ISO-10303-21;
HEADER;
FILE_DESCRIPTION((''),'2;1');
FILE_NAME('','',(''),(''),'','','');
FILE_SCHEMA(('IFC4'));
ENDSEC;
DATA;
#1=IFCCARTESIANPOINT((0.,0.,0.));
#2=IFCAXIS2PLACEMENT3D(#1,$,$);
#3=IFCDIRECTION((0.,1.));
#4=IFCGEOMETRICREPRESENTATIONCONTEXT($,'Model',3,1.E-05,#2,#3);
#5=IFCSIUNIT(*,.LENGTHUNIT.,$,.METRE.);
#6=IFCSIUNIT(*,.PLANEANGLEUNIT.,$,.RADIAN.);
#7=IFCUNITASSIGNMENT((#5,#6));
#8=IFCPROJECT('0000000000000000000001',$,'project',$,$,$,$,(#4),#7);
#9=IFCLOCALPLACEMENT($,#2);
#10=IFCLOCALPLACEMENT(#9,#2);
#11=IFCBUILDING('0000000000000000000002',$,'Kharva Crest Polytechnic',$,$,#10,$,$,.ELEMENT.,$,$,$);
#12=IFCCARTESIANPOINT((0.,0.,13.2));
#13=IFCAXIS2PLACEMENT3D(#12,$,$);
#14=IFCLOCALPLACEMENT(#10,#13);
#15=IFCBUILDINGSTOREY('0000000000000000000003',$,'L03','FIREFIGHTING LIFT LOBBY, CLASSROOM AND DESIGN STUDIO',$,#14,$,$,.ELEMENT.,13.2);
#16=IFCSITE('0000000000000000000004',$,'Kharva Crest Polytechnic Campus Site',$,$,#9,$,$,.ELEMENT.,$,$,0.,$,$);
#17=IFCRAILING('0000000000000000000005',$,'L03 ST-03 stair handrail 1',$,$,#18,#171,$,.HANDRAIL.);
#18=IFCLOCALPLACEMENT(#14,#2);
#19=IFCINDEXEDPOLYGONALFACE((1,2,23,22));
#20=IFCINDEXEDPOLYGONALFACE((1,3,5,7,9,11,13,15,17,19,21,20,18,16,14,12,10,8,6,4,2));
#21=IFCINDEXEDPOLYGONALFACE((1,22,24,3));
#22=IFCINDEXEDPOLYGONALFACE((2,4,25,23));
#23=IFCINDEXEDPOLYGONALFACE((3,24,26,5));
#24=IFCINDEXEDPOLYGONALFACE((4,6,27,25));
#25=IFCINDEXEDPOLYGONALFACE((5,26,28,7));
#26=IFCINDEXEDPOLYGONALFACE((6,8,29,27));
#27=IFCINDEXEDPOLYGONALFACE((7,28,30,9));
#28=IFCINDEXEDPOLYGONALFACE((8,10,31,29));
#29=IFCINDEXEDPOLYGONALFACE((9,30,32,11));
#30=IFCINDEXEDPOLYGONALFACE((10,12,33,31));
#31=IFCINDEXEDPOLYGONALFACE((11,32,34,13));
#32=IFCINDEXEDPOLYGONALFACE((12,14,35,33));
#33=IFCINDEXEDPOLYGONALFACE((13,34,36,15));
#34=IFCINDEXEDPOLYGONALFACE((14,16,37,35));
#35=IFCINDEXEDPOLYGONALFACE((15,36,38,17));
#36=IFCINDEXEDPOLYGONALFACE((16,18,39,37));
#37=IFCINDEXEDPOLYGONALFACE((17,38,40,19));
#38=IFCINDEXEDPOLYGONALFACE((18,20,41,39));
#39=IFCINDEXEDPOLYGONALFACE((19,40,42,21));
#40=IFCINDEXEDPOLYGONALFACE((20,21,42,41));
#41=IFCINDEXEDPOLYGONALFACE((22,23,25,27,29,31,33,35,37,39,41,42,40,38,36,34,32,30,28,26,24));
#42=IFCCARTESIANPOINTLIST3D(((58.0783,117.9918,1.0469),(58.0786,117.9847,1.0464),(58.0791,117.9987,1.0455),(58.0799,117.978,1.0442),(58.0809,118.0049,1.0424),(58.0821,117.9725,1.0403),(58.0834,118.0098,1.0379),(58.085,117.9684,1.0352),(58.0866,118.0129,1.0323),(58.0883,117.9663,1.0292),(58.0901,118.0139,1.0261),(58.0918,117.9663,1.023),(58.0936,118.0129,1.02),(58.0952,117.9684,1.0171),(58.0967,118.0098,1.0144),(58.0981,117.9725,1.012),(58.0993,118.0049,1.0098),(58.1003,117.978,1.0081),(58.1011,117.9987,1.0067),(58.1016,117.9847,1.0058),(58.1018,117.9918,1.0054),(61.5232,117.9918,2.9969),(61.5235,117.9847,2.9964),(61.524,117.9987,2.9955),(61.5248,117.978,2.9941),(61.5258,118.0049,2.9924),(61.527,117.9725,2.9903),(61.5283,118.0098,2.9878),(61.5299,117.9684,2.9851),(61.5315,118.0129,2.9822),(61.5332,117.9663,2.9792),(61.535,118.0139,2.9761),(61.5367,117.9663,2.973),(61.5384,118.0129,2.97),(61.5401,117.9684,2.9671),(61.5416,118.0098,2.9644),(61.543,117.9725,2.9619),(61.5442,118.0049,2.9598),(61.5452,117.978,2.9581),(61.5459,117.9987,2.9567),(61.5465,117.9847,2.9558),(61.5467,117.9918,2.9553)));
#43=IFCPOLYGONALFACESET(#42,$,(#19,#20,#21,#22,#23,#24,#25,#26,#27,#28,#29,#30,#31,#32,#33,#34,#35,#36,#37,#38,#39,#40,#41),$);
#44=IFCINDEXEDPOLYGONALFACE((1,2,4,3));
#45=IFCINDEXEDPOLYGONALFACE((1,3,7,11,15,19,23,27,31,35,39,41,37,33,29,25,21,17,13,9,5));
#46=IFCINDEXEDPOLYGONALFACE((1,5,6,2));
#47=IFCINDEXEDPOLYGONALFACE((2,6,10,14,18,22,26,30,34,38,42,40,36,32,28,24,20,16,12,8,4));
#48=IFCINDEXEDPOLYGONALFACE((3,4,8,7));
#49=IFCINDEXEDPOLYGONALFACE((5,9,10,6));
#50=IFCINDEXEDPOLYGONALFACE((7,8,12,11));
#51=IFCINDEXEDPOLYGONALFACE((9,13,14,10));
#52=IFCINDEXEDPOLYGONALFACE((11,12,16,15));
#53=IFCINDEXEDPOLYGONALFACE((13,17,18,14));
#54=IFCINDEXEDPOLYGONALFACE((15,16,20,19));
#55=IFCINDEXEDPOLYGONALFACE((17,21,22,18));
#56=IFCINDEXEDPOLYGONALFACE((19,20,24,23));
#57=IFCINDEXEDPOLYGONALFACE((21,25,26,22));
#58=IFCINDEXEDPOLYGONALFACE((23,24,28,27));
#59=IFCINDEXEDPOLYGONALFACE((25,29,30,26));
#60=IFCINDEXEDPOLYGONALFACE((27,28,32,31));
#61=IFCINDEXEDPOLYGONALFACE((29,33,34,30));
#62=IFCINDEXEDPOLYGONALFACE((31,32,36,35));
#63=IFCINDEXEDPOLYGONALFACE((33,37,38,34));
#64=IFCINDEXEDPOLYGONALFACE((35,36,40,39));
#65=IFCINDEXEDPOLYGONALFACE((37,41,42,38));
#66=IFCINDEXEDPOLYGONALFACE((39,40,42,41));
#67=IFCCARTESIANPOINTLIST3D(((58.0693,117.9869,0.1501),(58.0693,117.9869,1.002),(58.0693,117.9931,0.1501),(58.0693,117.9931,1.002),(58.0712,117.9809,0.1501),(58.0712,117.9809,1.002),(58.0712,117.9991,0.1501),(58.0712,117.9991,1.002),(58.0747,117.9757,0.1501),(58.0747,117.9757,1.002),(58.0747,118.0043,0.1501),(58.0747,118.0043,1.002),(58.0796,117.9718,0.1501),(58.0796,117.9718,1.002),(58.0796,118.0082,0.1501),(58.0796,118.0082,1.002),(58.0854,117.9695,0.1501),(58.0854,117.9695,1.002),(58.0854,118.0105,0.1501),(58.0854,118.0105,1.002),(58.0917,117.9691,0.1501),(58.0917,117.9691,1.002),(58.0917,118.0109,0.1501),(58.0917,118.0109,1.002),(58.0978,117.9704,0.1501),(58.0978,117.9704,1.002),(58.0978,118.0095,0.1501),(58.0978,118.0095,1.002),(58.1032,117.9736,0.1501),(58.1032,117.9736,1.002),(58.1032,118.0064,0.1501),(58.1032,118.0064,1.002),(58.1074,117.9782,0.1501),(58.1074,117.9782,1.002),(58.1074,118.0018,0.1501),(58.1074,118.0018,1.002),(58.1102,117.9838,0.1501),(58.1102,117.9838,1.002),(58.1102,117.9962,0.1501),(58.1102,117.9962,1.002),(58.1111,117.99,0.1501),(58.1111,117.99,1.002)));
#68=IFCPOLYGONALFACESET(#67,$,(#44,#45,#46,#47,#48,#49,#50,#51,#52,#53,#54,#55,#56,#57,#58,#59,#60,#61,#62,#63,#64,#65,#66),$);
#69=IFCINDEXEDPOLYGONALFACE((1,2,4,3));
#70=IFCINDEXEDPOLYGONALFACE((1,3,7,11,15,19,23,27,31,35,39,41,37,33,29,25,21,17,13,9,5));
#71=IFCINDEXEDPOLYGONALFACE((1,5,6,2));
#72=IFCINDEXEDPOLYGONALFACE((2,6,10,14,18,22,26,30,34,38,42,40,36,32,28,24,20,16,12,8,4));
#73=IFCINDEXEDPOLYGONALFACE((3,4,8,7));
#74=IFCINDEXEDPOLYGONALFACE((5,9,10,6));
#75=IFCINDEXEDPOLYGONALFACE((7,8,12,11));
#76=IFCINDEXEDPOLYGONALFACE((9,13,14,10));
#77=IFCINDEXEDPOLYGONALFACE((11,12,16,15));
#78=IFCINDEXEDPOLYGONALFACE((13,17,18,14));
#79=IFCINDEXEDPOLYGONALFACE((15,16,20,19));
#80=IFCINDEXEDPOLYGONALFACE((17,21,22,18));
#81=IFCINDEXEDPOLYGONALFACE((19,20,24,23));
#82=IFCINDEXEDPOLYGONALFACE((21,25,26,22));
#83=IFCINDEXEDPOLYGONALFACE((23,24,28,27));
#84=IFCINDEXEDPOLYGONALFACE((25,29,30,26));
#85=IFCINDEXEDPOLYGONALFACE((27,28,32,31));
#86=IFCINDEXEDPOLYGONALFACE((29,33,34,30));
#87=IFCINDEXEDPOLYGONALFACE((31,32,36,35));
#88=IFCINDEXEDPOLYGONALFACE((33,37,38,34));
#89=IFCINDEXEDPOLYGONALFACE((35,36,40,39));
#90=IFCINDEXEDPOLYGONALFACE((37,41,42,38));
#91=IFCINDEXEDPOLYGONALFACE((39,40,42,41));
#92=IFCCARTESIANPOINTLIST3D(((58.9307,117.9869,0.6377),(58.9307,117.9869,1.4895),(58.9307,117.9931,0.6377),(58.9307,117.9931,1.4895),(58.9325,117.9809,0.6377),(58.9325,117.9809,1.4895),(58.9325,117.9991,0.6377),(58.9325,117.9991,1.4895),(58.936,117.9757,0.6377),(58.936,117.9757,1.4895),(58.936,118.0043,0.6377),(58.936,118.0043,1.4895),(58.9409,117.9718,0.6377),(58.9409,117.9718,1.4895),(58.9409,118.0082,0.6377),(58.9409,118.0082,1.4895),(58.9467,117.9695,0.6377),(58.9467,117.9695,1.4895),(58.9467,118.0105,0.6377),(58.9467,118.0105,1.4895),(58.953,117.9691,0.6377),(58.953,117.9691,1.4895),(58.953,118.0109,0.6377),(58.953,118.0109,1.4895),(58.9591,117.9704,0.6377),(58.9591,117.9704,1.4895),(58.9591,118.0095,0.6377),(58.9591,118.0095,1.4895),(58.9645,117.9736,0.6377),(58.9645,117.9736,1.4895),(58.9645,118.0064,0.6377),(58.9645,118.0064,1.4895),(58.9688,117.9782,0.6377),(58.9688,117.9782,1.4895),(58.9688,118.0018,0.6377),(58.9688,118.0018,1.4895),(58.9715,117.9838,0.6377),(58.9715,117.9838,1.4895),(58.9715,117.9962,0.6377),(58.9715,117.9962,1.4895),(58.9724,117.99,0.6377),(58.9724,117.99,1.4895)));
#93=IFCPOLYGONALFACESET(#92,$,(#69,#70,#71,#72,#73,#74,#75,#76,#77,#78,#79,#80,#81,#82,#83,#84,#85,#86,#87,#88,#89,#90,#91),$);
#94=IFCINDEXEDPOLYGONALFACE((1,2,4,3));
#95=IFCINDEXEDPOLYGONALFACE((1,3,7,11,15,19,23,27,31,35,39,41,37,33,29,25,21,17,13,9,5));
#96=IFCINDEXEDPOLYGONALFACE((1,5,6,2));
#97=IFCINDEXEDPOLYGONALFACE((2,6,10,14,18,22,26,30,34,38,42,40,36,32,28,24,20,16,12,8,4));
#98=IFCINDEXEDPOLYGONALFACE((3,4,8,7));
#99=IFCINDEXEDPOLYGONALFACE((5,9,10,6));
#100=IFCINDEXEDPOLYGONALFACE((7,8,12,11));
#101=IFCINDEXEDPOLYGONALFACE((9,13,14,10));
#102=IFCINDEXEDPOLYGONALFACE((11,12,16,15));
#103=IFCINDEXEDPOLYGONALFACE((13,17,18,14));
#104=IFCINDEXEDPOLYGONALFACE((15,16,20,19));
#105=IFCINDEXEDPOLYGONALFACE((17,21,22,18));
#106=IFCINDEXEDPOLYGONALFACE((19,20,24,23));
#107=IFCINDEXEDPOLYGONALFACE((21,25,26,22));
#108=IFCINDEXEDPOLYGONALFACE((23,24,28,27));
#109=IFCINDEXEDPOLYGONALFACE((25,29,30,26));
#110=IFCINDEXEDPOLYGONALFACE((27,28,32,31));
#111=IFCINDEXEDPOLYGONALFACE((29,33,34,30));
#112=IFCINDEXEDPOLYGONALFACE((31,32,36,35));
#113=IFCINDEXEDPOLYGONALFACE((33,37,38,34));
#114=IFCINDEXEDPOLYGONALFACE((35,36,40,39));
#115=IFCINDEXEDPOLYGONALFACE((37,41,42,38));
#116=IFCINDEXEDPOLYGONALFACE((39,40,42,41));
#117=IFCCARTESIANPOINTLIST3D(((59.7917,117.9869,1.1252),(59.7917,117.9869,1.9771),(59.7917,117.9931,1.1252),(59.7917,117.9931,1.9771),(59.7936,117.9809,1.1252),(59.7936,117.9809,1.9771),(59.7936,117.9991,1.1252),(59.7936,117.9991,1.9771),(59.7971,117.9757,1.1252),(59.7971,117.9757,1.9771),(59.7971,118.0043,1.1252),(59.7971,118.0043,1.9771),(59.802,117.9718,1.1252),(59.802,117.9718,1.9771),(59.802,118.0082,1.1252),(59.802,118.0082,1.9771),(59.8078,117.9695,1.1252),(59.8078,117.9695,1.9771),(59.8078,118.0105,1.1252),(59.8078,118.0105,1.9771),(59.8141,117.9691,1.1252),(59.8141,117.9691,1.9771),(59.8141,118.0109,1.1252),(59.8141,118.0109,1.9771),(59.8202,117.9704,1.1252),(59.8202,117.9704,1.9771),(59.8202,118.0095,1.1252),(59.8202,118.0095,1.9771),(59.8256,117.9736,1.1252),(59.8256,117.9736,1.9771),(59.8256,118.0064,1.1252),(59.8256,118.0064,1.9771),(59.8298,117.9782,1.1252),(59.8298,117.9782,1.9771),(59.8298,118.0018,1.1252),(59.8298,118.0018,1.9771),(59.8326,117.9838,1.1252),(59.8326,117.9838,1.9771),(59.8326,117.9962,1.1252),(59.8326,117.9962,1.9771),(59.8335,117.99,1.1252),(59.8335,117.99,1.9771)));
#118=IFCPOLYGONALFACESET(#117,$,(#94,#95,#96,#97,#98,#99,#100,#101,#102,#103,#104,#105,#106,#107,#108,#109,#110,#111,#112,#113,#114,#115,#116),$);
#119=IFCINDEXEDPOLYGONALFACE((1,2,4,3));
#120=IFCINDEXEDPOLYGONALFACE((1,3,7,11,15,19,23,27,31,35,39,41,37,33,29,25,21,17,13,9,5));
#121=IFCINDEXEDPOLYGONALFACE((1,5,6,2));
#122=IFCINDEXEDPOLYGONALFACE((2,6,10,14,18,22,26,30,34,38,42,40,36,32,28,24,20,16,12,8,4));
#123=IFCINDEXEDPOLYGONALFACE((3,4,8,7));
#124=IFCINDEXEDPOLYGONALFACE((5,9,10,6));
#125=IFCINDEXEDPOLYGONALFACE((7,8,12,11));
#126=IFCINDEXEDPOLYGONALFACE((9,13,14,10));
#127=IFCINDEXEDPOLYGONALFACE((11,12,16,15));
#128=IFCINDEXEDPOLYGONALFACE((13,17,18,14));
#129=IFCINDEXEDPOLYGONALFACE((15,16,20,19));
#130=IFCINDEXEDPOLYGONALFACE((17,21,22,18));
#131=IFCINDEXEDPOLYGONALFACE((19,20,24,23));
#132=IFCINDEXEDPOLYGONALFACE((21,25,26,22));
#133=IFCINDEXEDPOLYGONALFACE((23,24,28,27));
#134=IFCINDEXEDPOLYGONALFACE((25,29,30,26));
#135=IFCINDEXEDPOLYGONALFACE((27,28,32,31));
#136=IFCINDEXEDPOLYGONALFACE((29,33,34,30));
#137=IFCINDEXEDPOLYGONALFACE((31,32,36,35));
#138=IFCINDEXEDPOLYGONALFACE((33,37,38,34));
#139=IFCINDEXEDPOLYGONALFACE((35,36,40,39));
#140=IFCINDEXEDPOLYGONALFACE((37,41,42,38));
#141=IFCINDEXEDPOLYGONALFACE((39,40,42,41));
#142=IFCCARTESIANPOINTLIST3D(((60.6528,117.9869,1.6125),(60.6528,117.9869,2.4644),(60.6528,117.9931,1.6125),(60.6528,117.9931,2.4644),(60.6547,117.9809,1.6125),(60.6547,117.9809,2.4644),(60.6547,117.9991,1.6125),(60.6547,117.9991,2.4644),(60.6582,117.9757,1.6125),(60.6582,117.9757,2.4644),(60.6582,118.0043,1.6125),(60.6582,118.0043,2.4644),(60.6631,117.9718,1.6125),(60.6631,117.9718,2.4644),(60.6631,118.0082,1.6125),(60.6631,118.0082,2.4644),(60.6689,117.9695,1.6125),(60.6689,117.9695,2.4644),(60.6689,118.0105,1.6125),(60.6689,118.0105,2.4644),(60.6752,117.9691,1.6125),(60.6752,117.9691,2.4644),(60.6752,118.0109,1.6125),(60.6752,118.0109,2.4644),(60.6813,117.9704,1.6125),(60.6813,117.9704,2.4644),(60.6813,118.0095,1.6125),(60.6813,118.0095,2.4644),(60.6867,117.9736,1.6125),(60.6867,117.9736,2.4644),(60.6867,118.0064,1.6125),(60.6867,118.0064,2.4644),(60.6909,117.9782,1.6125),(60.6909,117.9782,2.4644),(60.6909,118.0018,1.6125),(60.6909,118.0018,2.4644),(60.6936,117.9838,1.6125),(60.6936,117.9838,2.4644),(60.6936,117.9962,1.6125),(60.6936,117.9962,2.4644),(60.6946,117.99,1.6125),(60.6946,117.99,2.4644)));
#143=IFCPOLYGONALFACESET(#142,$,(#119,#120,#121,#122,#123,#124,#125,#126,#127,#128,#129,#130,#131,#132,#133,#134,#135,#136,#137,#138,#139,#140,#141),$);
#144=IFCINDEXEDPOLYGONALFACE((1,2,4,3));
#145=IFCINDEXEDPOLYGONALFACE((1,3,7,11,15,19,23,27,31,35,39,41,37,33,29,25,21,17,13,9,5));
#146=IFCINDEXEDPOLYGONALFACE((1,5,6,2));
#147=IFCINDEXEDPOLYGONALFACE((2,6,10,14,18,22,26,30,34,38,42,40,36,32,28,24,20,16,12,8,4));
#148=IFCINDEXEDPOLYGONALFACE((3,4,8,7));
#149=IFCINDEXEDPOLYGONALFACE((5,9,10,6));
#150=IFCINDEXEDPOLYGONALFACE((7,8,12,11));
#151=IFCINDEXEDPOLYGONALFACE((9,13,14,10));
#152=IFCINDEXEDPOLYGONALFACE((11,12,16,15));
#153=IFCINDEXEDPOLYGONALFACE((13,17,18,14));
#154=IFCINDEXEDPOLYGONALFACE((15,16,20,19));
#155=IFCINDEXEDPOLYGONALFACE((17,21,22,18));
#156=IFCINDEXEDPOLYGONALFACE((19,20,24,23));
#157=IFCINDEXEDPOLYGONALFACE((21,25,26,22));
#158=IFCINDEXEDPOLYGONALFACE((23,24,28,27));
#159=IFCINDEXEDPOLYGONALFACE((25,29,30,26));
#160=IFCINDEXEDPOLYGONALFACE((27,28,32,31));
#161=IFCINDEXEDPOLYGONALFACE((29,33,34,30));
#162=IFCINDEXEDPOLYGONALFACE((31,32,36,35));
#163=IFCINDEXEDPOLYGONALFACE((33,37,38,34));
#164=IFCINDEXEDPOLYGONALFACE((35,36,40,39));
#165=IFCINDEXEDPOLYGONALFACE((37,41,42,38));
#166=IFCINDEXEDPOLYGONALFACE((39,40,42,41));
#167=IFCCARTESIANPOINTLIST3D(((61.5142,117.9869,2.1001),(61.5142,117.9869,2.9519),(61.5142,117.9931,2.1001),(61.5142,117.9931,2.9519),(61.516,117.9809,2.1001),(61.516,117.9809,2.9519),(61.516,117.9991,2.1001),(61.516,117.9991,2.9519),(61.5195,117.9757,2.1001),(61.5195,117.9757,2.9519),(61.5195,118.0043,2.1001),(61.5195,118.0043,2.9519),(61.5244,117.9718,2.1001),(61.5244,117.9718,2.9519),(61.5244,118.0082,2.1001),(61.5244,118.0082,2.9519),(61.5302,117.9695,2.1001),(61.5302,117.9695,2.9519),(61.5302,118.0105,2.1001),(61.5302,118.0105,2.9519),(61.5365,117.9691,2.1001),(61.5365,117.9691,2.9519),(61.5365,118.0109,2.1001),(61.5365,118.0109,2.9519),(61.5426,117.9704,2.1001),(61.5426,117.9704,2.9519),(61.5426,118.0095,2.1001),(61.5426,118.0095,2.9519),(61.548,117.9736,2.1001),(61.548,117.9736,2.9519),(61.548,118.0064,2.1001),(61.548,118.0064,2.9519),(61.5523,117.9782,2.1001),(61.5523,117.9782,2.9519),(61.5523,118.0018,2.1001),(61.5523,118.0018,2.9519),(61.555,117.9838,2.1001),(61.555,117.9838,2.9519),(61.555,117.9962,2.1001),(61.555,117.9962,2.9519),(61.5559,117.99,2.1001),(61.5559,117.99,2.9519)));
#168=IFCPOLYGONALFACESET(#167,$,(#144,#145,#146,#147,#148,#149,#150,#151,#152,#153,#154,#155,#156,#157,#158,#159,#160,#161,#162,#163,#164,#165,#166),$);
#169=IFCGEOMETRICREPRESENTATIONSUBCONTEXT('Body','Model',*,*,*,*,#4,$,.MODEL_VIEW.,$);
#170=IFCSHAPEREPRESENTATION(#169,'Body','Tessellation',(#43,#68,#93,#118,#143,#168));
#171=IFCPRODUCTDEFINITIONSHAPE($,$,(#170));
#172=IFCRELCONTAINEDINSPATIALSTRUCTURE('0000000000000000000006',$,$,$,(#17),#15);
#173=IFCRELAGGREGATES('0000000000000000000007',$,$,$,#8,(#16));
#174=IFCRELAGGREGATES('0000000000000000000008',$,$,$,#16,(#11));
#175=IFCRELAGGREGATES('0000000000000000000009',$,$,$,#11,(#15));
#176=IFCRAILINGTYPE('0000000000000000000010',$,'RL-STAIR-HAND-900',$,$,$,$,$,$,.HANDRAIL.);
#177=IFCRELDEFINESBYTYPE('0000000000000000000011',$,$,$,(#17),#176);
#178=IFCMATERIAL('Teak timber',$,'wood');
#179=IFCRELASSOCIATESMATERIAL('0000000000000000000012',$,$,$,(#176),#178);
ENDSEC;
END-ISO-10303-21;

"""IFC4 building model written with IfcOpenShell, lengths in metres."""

from ifc_helpers import new_model, si_unit, direction, frame, origin, origin_2d, place, context, subcontext, project, spatial, circle, extrude, material, type_object, element, save


model = new_model("IFC4")

# Units and contexts
model_context = context("Model", 3, precision=1e-05, world=origin(), true_north=direction((0.0, 1.0)))
body_context = subcontext(model_context, "Body", "Model", "MODEL_VIEW")
ifc_project = project(units=[si_unit("LENGTHUNIT", "METRE"), si_unit("PLANEANGLEUNIT", "RADIAN")], contexts=[model_context])

# Site, building, storey
site_placement = place(None, origin())
site = spatial("IfcSite", under=ifc_project, at=site_placement, Name="Kharva Crest Polytechnic Campus Site", CompositionType="ELEMENT", RefElevation=0.0)
building_placement = place(site_placement, origin())
building = spatial("IfcBuilding", under=site, at=building_placement, Name="Kharva Crest Polytechnic", CompositionType="ELEMENT")
storey_placement = place(building_placement, frame((0.0, 0.0, 13.2)))
storey = spatial("IfcBuildingStorey", under=building, at=storey_placement, Name="L03", Description="FIREFIGHTING LIFT LOBBY, CLASSROOM AND DESIGN STUDIO", CompositionType="ELEMENT", Elevation=13.2)

# Shared definitions
ifc_material_1 = material(Name="Teak timber", Category="wood")

# Railing
railing_type_1 = type_object("IfcRailingType", Name="RL-STAIR-HAND-900", PredefinedType="HANDRAIL", material=ifc_material_1)
railing_1_placement = place(storey_placement, frame((58.0901, 117.99, 0.1501)))
element("IfcRailing", 1, at=railing_1_placement, inside=storey, type_object=railing_type_1, Name="L03 ST-03 stair handrail 1", PredefinedType="HANDRAIL", context=body_context, shape_type="SweptSolid", body=[
    extrude(circle(Radius=0.0239, at=origin_2d()), frame((0.0, 0.0, 0.876), z_axis=(0.870251, 0.0, 0.492608), x_axis=(0.0, 1.0, 0.0)), (0.0, 0.0, 1.0), 3.9585),
    extrude(circle(Radius=0.021, at=origin_2d()), origin(), (0.0, 0.0, 1.0), 0.8518),
    extrude(circle(Radius=0.021, at=origin_2d()), frame((0.8613, 0.0, 0.4875)), (0.0, 0.0, 1.0), 0.8518),
    extrude(circle(Radius=0.021, at=origin_2d()), frame((1.7224, 0.0, 0.9751)), (0.0, 0.0, 1.0), 0.8518),
    extrude(circle(Radius=0.021, at=origin_2d()), frame((2.5835, 0.0, 1.4624)), (0.0, 0.0, 1.0), 0.8518),
    extrude(circle(Radius=0.021, at=origin_2d()), frame((3.4448, 0.0, 1.95)), (0.0, 0.0, 1.0), 0.8518),
])

save(model, "model.ifc")
